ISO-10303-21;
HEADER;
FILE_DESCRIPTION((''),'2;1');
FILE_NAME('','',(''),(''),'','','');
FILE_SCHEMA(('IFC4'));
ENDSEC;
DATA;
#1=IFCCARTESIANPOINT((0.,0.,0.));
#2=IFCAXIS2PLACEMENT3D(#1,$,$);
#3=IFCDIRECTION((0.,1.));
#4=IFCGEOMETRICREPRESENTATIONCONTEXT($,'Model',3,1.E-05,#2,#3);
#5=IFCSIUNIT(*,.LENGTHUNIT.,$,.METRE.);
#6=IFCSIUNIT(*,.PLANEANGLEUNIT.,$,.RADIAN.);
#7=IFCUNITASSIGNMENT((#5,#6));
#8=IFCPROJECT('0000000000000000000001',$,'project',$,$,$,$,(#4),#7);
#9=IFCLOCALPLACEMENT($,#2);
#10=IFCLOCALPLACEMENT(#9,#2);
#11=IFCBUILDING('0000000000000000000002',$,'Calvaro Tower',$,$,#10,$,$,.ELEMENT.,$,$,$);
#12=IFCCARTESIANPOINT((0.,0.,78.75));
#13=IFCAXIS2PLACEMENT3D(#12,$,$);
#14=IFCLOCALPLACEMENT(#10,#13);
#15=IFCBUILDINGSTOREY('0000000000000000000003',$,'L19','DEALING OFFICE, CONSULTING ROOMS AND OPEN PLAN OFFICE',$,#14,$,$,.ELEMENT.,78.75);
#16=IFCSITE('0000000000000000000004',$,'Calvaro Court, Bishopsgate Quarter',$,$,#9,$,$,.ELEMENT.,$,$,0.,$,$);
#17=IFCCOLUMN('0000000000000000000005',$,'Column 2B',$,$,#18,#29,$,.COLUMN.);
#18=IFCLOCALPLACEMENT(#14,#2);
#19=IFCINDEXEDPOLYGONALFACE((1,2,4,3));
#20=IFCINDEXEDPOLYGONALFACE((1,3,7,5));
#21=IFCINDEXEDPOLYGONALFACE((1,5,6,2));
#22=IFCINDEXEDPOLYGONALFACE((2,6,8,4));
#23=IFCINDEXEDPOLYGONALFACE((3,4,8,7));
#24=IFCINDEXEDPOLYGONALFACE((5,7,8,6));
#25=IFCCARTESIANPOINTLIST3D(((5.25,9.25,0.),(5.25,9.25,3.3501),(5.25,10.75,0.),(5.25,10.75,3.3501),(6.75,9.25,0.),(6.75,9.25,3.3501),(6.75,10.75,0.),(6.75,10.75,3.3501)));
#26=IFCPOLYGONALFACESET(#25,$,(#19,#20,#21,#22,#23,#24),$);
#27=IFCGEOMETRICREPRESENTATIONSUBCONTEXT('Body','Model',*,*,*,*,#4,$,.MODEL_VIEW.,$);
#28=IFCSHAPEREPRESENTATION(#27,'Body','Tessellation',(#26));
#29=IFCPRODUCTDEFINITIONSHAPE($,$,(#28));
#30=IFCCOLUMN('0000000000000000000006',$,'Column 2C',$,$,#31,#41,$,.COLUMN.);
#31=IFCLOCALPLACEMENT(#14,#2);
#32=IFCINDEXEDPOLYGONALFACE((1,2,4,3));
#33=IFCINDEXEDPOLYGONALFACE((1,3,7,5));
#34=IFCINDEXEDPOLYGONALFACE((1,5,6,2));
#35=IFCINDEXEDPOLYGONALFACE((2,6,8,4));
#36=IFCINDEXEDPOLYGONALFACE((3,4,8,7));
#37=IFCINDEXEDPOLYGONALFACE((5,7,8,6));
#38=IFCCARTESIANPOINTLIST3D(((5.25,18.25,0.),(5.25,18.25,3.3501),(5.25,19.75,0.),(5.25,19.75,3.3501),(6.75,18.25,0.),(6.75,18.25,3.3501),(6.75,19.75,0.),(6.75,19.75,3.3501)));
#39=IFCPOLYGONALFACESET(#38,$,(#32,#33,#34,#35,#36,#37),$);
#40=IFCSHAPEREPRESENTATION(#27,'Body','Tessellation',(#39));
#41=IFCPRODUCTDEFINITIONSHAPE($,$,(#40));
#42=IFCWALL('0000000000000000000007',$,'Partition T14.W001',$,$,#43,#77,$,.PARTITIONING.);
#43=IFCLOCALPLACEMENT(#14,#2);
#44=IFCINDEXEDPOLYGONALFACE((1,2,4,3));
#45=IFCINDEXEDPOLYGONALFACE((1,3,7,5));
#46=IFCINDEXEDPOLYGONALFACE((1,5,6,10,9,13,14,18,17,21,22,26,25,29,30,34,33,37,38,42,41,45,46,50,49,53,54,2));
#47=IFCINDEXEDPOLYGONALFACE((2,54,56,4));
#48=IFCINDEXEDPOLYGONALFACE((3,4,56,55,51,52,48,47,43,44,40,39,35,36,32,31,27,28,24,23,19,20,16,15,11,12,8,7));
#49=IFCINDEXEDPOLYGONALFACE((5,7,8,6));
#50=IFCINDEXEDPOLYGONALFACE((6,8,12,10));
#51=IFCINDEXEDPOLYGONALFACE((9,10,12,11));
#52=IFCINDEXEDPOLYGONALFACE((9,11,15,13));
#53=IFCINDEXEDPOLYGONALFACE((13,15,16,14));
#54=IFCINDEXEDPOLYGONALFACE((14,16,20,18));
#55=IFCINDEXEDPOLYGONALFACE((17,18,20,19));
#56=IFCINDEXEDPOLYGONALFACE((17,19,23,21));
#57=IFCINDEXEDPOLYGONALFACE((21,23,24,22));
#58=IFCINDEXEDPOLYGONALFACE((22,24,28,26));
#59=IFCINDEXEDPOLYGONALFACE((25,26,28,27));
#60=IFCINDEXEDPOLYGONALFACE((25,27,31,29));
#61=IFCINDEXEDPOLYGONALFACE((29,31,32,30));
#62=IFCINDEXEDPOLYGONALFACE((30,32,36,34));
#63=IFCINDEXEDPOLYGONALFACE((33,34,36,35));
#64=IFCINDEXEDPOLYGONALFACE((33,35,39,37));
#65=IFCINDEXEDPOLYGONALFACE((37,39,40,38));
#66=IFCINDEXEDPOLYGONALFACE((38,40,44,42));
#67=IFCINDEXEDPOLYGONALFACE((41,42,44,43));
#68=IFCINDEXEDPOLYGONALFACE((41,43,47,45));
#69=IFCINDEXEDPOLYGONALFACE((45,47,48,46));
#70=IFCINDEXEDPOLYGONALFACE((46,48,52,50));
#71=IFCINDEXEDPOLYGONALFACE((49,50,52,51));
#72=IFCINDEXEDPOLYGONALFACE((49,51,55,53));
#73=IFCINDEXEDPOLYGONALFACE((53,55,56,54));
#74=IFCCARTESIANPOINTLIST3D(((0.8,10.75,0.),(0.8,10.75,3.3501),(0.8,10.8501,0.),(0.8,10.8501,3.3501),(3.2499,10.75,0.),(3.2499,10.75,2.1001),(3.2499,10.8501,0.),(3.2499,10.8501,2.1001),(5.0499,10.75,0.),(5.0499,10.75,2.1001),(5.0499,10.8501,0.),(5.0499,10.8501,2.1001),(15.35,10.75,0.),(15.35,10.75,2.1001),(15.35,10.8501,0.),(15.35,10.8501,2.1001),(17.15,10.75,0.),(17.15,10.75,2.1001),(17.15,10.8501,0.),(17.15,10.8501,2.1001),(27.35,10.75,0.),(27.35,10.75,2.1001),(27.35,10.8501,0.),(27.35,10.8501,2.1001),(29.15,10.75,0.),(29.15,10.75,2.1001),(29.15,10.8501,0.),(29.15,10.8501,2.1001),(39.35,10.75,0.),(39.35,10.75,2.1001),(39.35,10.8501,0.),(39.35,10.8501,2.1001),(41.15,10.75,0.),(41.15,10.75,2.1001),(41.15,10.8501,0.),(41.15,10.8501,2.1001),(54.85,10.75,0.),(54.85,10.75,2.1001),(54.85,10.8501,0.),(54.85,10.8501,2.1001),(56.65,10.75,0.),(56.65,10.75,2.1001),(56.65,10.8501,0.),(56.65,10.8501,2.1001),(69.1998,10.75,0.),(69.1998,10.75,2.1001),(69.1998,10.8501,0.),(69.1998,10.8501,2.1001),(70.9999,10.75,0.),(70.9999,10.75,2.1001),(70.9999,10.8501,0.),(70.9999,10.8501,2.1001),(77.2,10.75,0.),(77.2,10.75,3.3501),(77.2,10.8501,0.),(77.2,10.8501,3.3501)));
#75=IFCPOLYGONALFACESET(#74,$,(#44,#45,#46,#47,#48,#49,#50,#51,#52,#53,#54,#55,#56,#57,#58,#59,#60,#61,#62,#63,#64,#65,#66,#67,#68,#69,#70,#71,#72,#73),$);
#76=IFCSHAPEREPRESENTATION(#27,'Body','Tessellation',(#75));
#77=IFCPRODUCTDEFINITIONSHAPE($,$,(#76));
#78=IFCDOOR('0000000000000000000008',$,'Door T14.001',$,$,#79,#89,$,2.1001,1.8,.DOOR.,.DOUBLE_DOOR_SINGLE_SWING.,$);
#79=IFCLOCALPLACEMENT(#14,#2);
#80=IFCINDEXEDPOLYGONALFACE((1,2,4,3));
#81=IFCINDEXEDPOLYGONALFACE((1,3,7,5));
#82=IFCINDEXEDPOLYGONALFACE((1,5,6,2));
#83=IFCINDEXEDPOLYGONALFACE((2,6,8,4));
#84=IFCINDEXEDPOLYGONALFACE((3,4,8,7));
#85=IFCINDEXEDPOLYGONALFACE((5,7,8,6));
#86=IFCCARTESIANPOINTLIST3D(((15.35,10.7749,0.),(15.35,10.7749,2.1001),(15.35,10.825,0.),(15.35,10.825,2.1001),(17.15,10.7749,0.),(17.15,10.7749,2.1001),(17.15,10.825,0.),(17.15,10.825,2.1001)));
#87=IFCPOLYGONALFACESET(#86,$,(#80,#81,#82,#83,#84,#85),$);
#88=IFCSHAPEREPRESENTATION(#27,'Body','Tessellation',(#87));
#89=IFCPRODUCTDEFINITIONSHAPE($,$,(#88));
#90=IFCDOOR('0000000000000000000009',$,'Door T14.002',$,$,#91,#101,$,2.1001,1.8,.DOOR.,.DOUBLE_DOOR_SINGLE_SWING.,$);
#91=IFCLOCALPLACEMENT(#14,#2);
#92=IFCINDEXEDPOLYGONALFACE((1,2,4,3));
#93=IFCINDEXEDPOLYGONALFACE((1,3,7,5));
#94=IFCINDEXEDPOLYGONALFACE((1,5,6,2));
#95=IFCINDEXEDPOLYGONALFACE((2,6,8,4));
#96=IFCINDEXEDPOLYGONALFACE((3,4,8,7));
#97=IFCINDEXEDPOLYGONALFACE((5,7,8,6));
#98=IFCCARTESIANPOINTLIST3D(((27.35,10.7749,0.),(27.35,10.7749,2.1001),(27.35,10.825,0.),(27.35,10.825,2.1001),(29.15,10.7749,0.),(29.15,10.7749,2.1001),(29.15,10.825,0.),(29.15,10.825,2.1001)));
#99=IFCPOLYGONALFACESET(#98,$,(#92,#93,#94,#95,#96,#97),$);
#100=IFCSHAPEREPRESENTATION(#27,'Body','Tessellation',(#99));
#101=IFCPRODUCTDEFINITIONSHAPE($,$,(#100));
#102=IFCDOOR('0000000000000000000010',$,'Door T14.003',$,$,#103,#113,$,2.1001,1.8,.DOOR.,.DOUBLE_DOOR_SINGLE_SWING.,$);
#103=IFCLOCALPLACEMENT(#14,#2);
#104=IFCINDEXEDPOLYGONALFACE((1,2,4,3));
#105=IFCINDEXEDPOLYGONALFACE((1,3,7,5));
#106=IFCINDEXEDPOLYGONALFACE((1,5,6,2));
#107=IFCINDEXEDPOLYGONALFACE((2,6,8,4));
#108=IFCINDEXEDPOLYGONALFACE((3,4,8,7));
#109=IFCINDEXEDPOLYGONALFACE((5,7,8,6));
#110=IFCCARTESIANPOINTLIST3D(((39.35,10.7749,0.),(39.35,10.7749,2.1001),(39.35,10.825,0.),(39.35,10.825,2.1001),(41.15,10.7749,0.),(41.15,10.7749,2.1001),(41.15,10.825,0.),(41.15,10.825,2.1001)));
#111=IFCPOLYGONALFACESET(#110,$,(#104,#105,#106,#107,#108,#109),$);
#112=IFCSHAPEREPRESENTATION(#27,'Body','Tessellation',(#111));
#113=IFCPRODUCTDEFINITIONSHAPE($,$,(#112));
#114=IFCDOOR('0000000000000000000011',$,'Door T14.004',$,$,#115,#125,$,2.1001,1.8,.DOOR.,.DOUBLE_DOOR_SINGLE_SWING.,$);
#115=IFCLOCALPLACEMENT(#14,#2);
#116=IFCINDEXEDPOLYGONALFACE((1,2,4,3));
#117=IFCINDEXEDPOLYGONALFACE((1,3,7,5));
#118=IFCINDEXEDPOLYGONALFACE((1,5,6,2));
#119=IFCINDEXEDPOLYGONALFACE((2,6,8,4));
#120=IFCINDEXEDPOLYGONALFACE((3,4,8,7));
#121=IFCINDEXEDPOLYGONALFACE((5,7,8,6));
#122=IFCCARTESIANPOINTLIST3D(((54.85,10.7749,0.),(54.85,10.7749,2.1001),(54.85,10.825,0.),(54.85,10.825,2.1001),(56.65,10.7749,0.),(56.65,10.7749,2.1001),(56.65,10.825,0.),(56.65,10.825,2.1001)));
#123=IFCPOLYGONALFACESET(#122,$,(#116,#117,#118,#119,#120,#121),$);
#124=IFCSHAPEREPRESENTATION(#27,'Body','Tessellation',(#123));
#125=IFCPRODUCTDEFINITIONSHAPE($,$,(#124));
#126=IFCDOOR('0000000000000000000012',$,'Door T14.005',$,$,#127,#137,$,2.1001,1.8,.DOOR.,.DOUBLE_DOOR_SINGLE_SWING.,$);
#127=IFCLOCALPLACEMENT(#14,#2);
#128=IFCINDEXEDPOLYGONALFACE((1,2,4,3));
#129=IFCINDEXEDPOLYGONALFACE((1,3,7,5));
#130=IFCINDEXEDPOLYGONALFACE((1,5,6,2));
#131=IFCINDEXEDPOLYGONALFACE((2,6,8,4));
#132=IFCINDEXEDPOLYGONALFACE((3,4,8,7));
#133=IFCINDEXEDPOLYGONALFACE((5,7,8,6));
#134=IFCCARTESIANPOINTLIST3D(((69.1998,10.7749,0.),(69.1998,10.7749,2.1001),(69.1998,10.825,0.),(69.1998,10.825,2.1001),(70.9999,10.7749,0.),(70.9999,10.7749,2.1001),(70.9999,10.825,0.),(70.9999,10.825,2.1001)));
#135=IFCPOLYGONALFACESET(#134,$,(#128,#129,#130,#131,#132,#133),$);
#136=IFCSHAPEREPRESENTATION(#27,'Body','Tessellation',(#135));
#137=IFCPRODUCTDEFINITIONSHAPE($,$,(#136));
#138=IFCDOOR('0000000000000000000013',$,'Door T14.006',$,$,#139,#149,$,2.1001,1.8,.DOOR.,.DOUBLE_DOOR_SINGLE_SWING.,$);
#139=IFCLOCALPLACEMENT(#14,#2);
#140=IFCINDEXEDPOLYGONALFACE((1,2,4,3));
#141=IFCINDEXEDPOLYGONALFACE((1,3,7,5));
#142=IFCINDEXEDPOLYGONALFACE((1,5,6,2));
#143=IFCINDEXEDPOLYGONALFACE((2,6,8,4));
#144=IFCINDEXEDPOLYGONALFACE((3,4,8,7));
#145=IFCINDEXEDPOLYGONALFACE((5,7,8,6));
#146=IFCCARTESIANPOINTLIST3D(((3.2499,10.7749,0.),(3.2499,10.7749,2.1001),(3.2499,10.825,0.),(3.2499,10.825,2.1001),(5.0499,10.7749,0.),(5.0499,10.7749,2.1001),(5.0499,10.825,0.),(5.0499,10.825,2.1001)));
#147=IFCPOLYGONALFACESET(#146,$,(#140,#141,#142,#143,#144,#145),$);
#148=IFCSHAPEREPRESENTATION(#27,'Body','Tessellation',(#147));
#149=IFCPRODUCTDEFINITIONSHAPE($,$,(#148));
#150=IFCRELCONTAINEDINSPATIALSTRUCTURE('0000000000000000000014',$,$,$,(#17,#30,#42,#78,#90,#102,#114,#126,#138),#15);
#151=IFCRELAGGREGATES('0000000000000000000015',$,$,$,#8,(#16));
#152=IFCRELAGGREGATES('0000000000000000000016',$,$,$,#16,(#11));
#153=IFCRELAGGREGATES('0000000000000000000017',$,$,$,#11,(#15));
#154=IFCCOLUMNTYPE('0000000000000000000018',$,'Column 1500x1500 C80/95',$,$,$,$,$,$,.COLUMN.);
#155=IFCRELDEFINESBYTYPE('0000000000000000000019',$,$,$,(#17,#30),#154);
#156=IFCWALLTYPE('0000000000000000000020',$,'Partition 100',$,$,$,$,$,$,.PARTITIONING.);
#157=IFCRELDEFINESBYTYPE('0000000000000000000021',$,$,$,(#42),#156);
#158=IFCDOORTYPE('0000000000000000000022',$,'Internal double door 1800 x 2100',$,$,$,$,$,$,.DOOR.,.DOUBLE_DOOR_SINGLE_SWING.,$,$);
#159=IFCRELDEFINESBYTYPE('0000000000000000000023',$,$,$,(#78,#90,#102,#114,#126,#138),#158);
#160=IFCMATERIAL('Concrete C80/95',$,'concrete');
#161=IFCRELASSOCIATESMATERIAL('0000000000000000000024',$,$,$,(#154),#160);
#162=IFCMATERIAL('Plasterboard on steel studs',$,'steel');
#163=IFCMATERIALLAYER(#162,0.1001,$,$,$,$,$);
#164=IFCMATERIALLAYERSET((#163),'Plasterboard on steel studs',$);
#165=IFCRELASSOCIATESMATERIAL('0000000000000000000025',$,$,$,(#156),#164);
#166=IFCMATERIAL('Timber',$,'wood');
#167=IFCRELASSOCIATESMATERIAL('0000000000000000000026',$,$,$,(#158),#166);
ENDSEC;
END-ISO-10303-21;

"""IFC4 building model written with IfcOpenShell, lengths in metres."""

from ifc_helpers import new_model, si_unit, direction, frame, frame_2d, origin, origin_2d, place, context, subcontext, project, spatial, rectangle, extrude, material, layer, layer_set, material_profile, profile_set, type_object, element, fill, save


model = new_model("IFC4")

# Units and contexts
model_context = context("Model", 3, precision=1e-05, world=origin(), true_north=direction((0.0, 1.0)))
body_context = subcontext(model_context, "Body", "Model", "MODEL_VIEW")
ifc_project = project(units=[si_unit("LENGTHUNIT", "METRE"), si_unit("PLANEANGLEUNIT", "RADIAN")], contexts=[model_context])

# Site, building, storey
site_placement = place(None, origin())
site = spatial("IfcSite", under=ifc_project, at=site_placement, Name="Calvaro Court, Bishopsgate Quarter", CompositionType="ELEMENT", RefElevation=0.0)
building_placement = place(site_placement, origin())
building = spatial("IfcBuilding", under=site, at=building_placement, Name="Calvaro Tower", CompositionType="ELEMENT")
storey_placement = place(building_placement, frame((0.0, 0.0, 78.75)))
storey = spatial("IfcBuildingStorey", under=building, at=storey_placement, Name="L19", Description="DEALING OFFICE, CONSULTING ROOMS AND OPEN PLAN OFFICE", CompositionType="ELEMENT", Elevation=78.75)

# Columns
ifc_material_1 = material(Name="Concrete C80/95", Category="concrete")
ifc_material_profile = material_profile(ifc_material_1, rectangle(XDim=1.5, YDim=1.5, at=origin_2d()), Name="RC 1500x1500")
ifc_profile_set = profile_set([ifc_material_profile], Name="Concrete C80/95")
column_type = type_object("IfcColumnType", Name="Column 1500x1500 C80/95", PredefinedType="COLUMN", material=ifc_profile_set)
for number, where, z_axis, x_axis, name in (
    (1, (6.0, 10.0, 0.0), (0.0, 0.0, 1.0), (1.0, 0.0, 0.0), "Column 2B"),
    (2, (6.0, 19.0, 0.0), (0.0, 0.0, 1.0), (1.0, 0.0, 0.0), "Column 2C"),
):
    element("IfcColumn", number, at=place(storey_placement, frame(where, z_axis=z_axis, x_axis=x_axis)), inside=storey, type_object=column_type, Name=name, PredefinedType="COLUMN", context=body_context, shape_type="SweptSolid", body=[
        extrude(rectangle(XDim=1.5, YDim=1.5, at=origin_2d()), origin(), (0.0, 0.0, 1.0), 3.3501),
    ])

# Wall, openings, doors
ifc_material_2 = material(Name="Plasterboard on steel studs", Category="steel")
ifc_layer_1 = layer(ifc_material_2, 0.1001)
ifc_layer_set_1 = layer_set([ifc_layer_1], Name="Plasterboard on steel studs")
wall_type_1 = type_object("IfcWallType", Name="Partition 100", PredefinedType="PARTITIONING", material=ifc_layer_set_1)
wall_1_placement = place(storey_placement, frame((0.8, 10.8, 0.0), z_axis=(0.0, 0.0, 1.0), x_axis=(1.0, 0.0, 0.0)))
wall_1 = element("IfcWall", 3, at=wall_1_placement, inside=storey, type_object=wall_type_1, Name="Partition T14.W001", PredefinedType="PARTITIONING", context=body_context, shape_type="SweptSolid", body=[
    extrude(rectangle(XDim=76.3999, YDim=0.1001, at=frame_2d((38.2, 0.0))), origin(), (0.0, 0.0, 1.0), 3.3501),
])
opening_1_placement = place(wall_1_placement, frame((14.55, 0.0, 0.0)))
opening_1 = element("IfcOpeningElement", 4, at=opening_1_placement, cuts=wall_1, PredefinedType="OPENING", context=body_context, shape_type="SweptSolid", body=[
    extrude(rectangle(XDim=1.8, YDim=2.1001, at=frame_2d((0.8999, 1.05))), frame((0.0, 0.0601, 0.0), z_axis=(0.0, -1.0, 0.0), x_axis=(1.0, 0.0, 0.0)), (0.0, 0.0, 1.0), 0.1201),
])
opening_2_placement = place(wall_1_placement, frame((26.55, 0.0, 0.0)))
opening_2 = element("IfcOpeningElement", 5, at=opening_2_placement, cuts=wall_1, PredefinedType="OPENING", context=body_context, shape_type="SweptSolid", body=[
    extrude(rectangle(XDim=1.8, YDim=2.1001, at=frame_2d((0.8999, 1.05))), frame((0.0, 0.0601, 0.0), z_axis=(0.0, -1.0, 0.0), x_axis=(1.0, 0.0, 0.0)), (0.0, 0.0, 1.0), 0.1201),
])
opening_3_placement = place(wall_1_placement, frame((38.55, 0.0, 0.0)))
opening_3 = element("IfcOpeningElement", 6, at=opening_3_placement, cuts=wall_1, PredefinedType="OPENING", context=body_context, shape_type="SweptSolid", body=[
    extrude(rectangle(XDim=1.8, YDim=2.1001, at=frame_2d((0.8999, 1.05))), frame((0.0, 0.0601, 0.0), z_axis=(0.0, -1.0, 0.0), x_axis=(1.0, 0.0, 0.0)), (0.0, 0.0, 1.0), 0.1201),
])
opening_4_placement = place(wall_1_placement, frame((54.05, 0.0, 0.0)))
opening_4 = element("IfcOpeningElement", 7, at=opening_4_placement, cuts=wall_1, PredefinedType="OPENING", context=body_context, shape_type="SweptSolid", body=[
    extrude(rectangle(XDim=1.8, YDim=2.1001, at=frame_2d((0.8999, 1.05))), frame((0.0, 0.0601, 0.0), z_axis=(0.0, -1.0, 0.0), x_axis=(1.0, 0.0, 0.0)), (0.0, 0.0, 1.0), 0.1201),
])
opening_5_placement = place(wall_1_placement, frame((68.3999, 0.0, 0.0)))
opening_5 = element("IfcOpeningElement", 8, at=opening_5_placement, cuts=wall_1, PredefinedType="OPENING", context=body_context, shape_type="SweptSolid", body=[
    extrude(rectangle(XDim=1.8, YDim=2.1001, at=frame_2d((0.8999, 1.05))), frame((0.0, 0.0601, 0.0), z_axis=(0.0, -1.0, 0.0), x_axis=(1.0, 0.0, 0.0)), (0.0, 0.0, 1.0), 0.1201),
])
opening_6_placement = place(wall_1_placement, frame((2.45, 0.0, 0.0)))
opening_6 = element("IfcOpeningElement", 9, at=opening_6_placement, cuts=wall_1, PredefinedType="OPENING", context=body_context, shape_type="SweptSolid", body=[
    extrude(rectangle(XDim=1.8, YDim=2.1001, at=frame_2d((0.8999, 1.05))), frame((0.0, 0.0601, 0.0), z_axis=(0.0, -1.0, 0.0), x_axis=(1.0, 0.0, 0.0)), (0.0, 0.0, 1.0), 0.1201),
])
ifc_material_3 = material(Name="Timber", Category="wood")
door_type_1 = type_object("IfcDoorType", Name="Internal double door 1800 x 2100", OperationType="DOUBLE_DOOR_SINGLE_SWING", PredefinedType="DOOR", material=ifc_material_3)
door_1_placement = place(opening_1_placement, origin())
door_1 = element("IfcDoor", 10, at=door_1_placement, inside=storey, type_object=door_type_1, Name="Door T14.001", OperationType="DOUBLE_DOOR_SINGLE_SWING", OverallHeight=2.1001, OverallWidth=1.8, PredefinedType="DOOR", context=body_context, shape_type="SweptSolid", body=[
    extrude(rectangle(XDim=1.8, YDim=2.1001, at=frame_2d((0.8999, 1.05))), frame((0.0, 0.0249, 0.0), z_axis=(0.0, -1.0, 0.0), x_axis=(1.0, 0.0, 0.0)), (0.0, 0.0, 1.0), 0.05),
])
fill(opening_1, door_1)
door_2_placement = place(opening_2_placement, origin())
door_2 = element("IfcDoor", 11, at=door_2_placement, inside=storey, type_object=door_type_1, Name="Door T14.002", OperationType="DOUBLE_DOOR_SINGLE_SWING", OverallHeight=2.1001, OverallWidth=1.8, PredefinedType="DOOR", context=body_context, shape_type="SweptSolid", body=[
    extrude(rectangle(XDim=1.8, YDim=2.1001, at=frame_2d((0.8999, 1.05))), frame((0.0, 0.0249, 0.0), z_axis=(0.0, -1.0, 0.0), x_axis=(1.0, 0.0, 0.0)), (0.0, 0.0, 1.0), 0.05),
])
fill(opening_2, door_2)
door_3_placement = place(opening_3_placement, origin())
door_3 = element("IfcDoor", 12, at=door_3_placement, inside=storey, type_object=door_type_1, Name="Door T14.003", OperationType="DOUBLE_DOOR_SINGLE_SWING", OverallHeight=2.1001, OverallWidth=1.8, PredefinedType="DOOR", context=body_context, shape_type="SweptSolid", body=[
    extrude(rectangle(XDim=1.8, YDim=2.1001, at=frame_2d((0.8999, 1.05))), frame((0.0, 0.0249, 0.0), z_axis=(0.0, -1.0, 0.0), x_axis=(1.0, 0.0, 0.0)), (0.0, 0.0, 1.0), 0.05),
])
fill(opening_3, door_3)
door_4_placement = place(opening_4_placement, origin())
door_4 = element("IfcDoor", 13, at=door_4_placement, inside=storey, type_object=door_type_1, Name="Door T14.004", OperationType="DOUBLE_DOOR_SINGLE_SWING", OverallHeight=2.1001, OverallWidth=1.8, PredefinedType="DOOR", context=body_context, shape_type="SweptSolid", body=[
    extrude(rectangle(XDim=1.8, YDim=2.1001, at=frame_2d((0.8999, 1.05))), frame((0.0, 0.0249, 0.0), z_axis=(0.0, -1.0, 0.0), x_axis=(1.0, 0.0, 0.0)), (0.0, 0.0, 1.0), 0.05),
])
fill(opening_4, door_4)
door_5_placement = place(opening_5_placement, origin())
door_5 = element("IfcDoor", 14, at=door_5_placement, inside=storey, type_object=door_type_1, Name="Door T14.005", OperationType="DOUBLE_DOOR_SINGLE_SWING", OverallHeight=2.1001, OverallWidth=1.8, PredefinedType="DOOR", context=body_context, shape_type="SweptSolid", body=[
    extrude(rectangle(XDim=1.8, YDim=2.1001, at=frame_2d((0.8999, 1.05))), frame((0.0, 0.0249, 0.0), z_axis=(0.0, -1.0, 0.0), x_axis=(1.0, 0.0, 0.0)), (0.0, 0.0, 1.0), 0.05),
])
fill(opening_5, door_5)
door_6_placement = place(opening_6_placement, origin())
door_6 = element("IfcDoor", 15, at=door_6_placement, inside=storey, type_object=door_type_1, Name="Door T14.006", OperationType="DOUBLE_DOOR_SINGLE_SWING", OverallHeight=2.1001, OverallWidth=1.8, PredefinedType="DOOR", context=body_context, shape_type="SweptSolid", body=[
    extrude(rectangle(XDim=1.8, YDim=2.1001, at=frame_2d((0.8999, 1.05))), frame((0.0, 0.0249, 0.0), z_axis=(0.0, -1.0, 0.0), x_axis=(1.0, 0.0, 0.0)), (0.0, 0.0, 1.0), 0.05),
])
fill(opening_6, door_6)

save(model, "model.ifc")
